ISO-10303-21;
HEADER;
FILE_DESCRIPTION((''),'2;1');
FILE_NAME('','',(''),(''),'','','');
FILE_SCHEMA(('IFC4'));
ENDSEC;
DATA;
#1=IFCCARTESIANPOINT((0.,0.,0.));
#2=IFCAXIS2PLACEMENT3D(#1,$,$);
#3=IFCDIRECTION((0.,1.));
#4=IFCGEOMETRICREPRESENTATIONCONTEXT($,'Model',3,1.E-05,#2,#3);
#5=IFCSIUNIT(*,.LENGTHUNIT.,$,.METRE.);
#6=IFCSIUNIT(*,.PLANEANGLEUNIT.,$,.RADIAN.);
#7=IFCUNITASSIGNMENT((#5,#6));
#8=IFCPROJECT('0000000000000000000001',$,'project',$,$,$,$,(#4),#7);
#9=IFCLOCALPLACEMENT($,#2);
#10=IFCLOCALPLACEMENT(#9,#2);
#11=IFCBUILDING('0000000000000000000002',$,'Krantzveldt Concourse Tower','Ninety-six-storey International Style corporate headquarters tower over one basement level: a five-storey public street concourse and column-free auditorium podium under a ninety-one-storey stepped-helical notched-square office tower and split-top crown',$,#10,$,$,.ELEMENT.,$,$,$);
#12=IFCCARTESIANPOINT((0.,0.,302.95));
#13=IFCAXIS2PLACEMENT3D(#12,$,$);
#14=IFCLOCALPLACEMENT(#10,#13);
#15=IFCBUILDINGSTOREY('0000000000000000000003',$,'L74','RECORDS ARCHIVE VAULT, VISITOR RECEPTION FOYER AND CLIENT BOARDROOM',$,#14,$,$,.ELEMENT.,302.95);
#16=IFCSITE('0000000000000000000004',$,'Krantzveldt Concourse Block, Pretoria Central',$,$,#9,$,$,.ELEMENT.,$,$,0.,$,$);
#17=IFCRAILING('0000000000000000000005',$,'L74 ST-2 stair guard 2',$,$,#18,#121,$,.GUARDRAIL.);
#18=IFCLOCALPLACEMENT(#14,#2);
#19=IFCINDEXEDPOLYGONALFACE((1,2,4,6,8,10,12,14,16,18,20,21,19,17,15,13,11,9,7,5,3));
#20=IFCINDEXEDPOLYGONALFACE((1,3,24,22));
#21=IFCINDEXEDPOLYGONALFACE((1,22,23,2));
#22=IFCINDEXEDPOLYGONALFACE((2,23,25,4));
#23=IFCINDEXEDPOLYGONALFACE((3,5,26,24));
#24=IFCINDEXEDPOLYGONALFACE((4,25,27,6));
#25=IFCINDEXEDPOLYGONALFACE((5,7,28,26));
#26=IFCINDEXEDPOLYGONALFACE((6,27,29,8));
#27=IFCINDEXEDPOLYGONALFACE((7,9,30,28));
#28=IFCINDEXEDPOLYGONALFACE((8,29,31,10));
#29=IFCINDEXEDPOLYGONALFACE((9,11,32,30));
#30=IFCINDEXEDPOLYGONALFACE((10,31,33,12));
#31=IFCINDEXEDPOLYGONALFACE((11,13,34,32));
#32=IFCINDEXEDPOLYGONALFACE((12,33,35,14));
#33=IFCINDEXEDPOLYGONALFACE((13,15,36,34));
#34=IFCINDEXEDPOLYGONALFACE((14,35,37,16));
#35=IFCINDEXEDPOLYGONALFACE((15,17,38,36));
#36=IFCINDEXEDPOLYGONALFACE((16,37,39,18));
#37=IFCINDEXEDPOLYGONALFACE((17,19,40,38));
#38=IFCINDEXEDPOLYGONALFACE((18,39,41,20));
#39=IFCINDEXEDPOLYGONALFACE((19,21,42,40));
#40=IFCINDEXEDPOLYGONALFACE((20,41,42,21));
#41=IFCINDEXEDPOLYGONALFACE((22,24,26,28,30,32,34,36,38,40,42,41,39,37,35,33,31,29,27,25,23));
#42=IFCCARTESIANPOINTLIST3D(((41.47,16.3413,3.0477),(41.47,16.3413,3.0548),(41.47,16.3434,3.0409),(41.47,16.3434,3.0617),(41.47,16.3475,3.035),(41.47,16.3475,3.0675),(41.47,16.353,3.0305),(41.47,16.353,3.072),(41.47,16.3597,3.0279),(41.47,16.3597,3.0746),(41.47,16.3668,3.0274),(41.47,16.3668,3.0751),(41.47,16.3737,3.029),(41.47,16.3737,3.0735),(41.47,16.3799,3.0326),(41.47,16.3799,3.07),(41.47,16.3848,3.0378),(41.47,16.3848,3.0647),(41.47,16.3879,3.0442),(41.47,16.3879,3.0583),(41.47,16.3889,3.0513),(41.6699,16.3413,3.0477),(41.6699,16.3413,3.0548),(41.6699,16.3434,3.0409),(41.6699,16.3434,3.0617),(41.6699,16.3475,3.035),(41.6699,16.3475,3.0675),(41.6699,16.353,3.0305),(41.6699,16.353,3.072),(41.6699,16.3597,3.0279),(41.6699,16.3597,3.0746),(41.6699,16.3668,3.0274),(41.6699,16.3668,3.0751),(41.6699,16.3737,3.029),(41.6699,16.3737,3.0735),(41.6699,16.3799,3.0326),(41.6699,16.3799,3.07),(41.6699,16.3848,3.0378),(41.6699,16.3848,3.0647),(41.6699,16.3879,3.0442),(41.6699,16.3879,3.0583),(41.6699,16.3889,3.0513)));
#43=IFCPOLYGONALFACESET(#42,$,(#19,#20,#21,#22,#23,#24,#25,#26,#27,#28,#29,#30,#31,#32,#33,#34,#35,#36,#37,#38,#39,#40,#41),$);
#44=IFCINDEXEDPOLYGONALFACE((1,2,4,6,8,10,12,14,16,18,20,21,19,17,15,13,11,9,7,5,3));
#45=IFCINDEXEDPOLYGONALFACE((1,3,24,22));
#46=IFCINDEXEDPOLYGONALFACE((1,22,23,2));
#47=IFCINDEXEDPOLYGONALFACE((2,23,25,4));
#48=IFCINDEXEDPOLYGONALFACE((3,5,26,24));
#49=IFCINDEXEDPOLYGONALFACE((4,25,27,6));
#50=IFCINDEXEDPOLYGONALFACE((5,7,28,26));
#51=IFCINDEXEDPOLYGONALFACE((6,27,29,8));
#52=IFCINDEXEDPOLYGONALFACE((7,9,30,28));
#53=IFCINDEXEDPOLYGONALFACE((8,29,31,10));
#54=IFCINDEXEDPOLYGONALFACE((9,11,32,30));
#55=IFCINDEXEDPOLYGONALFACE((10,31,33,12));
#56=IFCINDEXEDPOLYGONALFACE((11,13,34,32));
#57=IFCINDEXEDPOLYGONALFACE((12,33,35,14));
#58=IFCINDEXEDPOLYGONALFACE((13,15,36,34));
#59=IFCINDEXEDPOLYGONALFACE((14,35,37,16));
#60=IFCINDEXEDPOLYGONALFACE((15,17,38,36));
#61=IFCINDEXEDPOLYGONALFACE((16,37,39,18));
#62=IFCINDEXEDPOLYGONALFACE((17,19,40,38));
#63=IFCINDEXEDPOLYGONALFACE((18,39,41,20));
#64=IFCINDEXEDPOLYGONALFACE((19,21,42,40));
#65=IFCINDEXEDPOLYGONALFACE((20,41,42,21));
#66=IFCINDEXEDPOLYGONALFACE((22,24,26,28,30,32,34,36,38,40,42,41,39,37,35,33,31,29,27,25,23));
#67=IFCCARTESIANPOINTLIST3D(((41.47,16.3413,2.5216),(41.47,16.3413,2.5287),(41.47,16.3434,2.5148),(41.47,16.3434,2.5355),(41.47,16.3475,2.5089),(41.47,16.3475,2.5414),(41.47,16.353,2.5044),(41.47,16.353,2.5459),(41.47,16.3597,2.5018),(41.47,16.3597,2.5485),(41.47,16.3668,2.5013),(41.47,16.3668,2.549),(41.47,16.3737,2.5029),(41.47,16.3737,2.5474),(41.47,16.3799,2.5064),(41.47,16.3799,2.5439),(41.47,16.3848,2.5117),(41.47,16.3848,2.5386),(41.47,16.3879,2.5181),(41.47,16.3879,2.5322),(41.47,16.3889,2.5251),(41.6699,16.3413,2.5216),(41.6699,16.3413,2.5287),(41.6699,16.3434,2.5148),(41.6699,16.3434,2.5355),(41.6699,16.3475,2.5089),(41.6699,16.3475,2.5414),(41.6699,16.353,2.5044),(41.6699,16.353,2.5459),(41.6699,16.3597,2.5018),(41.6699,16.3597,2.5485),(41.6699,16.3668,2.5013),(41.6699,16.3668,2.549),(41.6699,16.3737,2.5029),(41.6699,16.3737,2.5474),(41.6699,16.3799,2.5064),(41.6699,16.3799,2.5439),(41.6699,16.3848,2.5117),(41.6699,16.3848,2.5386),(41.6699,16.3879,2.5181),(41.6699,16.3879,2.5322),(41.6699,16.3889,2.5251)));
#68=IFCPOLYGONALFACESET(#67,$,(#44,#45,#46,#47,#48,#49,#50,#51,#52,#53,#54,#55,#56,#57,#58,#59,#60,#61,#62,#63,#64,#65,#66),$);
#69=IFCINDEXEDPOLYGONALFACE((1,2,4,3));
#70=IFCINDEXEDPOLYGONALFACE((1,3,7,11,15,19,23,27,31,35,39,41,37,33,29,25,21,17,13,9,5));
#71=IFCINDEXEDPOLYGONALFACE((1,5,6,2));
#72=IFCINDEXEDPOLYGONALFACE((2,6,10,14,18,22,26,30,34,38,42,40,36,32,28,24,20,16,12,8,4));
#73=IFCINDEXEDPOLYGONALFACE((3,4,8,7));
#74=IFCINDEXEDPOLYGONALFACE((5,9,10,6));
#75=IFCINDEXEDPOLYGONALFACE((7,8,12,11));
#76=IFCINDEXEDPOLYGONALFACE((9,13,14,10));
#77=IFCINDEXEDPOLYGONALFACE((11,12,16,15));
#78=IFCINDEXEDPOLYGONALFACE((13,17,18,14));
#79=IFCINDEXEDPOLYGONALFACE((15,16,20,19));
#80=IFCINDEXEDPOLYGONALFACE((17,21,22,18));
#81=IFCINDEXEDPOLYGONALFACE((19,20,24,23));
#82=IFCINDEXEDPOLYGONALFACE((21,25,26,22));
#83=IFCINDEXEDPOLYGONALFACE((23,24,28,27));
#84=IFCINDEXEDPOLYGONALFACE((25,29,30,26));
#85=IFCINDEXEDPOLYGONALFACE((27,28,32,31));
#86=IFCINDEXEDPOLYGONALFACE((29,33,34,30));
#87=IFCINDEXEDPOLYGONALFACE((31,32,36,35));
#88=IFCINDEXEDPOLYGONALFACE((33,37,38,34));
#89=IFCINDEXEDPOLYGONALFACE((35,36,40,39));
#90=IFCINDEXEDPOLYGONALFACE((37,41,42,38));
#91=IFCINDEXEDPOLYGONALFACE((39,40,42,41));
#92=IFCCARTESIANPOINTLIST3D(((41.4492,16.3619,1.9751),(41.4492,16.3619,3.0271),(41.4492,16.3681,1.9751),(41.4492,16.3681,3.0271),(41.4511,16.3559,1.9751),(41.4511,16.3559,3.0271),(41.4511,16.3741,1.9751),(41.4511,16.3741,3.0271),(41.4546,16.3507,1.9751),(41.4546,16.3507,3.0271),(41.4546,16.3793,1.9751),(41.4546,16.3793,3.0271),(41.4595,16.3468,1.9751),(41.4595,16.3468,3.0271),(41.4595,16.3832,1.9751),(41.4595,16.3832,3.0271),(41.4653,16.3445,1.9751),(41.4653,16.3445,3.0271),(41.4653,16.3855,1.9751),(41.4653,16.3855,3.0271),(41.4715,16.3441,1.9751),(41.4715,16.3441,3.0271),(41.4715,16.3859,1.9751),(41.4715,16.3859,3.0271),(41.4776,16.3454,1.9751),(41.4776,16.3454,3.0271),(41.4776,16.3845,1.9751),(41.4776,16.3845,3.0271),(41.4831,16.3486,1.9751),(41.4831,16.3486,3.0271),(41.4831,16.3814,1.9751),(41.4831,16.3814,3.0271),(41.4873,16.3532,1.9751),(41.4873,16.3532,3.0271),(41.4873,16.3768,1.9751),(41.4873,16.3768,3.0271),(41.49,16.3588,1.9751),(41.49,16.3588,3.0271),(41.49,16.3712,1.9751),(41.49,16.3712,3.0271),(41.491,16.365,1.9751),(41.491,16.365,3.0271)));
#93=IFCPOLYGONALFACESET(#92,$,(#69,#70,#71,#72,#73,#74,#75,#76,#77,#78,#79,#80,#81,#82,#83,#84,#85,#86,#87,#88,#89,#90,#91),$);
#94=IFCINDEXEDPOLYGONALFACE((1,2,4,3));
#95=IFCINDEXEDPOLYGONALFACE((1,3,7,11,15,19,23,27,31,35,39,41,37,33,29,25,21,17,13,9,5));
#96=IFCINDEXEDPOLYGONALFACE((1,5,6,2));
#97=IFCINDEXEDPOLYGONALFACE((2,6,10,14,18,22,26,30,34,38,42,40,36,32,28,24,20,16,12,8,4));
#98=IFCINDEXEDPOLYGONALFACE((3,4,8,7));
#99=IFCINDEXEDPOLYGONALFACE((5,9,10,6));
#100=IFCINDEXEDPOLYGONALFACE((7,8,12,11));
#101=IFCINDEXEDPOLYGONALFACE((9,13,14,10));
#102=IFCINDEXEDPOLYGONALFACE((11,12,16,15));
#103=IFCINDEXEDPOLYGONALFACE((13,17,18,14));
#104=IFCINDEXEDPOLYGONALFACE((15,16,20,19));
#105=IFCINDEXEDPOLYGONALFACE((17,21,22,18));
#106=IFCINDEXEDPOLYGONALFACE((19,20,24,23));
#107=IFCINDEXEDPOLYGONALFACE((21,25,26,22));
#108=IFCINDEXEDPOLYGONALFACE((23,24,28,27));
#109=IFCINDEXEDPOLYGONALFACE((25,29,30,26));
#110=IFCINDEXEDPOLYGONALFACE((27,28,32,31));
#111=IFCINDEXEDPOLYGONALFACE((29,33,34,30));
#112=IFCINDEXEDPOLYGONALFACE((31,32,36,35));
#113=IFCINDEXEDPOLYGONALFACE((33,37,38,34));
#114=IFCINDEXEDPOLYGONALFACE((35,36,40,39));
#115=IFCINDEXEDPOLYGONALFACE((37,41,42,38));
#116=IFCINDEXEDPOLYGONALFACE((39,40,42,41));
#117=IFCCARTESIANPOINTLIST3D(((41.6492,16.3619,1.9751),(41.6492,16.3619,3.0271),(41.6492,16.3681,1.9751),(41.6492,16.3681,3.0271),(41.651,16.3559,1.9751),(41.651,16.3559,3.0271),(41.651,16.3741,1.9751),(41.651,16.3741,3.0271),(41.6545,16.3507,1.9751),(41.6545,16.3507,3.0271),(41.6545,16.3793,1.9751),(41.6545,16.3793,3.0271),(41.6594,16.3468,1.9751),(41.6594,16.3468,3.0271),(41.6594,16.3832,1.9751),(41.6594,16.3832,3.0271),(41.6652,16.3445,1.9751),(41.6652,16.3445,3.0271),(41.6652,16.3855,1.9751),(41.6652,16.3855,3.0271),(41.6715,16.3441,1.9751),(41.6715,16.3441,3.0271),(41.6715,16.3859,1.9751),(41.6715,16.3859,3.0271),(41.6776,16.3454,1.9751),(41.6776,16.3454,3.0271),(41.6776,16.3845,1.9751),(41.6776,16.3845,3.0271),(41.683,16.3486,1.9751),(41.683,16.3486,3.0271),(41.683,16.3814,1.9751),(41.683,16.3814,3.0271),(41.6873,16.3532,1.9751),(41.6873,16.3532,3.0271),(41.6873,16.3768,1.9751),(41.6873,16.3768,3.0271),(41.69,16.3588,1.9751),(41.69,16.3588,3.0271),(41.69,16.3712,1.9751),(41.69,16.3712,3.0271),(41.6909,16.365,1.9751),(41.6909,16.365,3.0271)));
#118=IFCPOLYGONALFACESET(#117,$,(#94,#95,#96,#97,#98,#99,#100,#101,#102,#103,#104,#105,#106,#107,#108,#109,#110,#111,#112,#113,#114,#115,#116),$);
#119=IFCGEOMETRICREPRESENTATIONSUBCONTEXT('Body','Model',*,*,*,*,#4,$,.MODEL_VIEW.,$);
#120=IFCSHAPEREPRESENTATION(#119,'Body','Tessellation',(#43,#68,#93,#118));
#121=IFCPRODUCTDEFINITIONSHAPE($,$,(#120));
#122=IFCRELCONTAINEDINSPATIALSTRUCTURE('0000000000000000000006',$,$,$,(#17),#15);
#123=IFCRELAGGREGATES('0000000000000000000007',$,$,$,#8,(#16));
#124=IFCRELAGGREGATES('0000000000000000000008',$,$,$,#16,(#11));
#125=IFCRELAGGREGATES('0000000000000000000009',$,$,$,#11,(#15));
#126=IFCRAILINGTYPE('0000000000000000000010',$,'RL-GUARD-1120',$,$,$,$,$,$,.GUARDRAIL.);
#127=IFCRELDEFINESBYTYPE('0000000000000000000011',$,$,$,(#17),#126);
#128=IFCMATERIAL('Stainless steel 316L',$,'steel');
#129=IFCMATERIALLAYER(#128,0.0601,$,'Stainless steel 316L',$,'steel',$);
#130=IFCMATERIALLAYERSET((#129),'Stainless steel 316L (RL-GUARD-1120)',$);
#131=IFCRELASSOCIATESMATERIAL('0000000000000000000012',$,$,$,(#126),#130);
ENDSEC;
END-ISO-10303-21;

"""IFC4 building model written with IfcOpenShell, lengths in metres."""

from ifc_helpers import new_model, si_unit, direction, frame, origin, origin_2d, place, context, subcontext, project, spatial, circle, extrude, material, layer, layer_set, type_object, element, save


model = new_model("IFC4")

# Units and contexts
model_context = context("Model", 3, precision=1e-05, world=origin(), true_north=direction((0.0, 1.0)))
body_context = subcontext(model_context, "Body", "Model", "MODEL_VIEW")
ifc_project = project(units=[si_unit("LENGTHUNIT", "METRE"), si_unit("PLANEANGLEUNIT", "RADIAN")], contexts=[model_context])

# Site, building, storey
site_placement = place(None, origin())
site = spatial("IfcSite", under=ifc_project, at=site_placement, Name="Krantzveldt Concourse Block, Pretoria Central", CompositionType="ELEMENT", RefElevation=0.0)
building_placement = place(site_placement, origin())
building = spatial("IfcBuilding", under=site, at=building_placement, Name="Krantzveldt Concourse Tower", Description="Ninety-six-storey International Style corporate headquarters tower over one basement level: a five-storey public street concourse and column-free auditorium podium under a ninety-one-storey stepped-helical notched-square office tower and split-top crown", CompositionType="ELEMENT")
storey_placement = place(building_placement, frame((0.0, 0.0, 302.95)))
storey = spatial("IfcBuildingStorey", under=building, at=storey_placement, Name="L74", Description="RECORDS ARCHIVE VAULT, VISITOR RECEPTION FOYER AND CLIENT BOARDROOM", CompositionType="ELEMENT", Elevation=302.95)

# Shared definitions
ifc_material_1 = material(Name="Stainless steel 316L", Category="steel")

# Railing
ifc_layer_1 = layer(ifc_material_1, 0.0601, Name="Stainless steel 316L", Category="steel")
ifc_layer_set_1 = layer_set([ifc_layer_1], Name="Stainless steel 316L (RL-GUARD-1120)")
railing_type = type_object("IfcRailingType", Name="RL-GUARD-1120", PredefinedType="GUARDRAIL", material=ifc_layer_set_1)
railing_1_placement = place(storey_placement, frame((41.47, 16.365, 1.9751)))
element("IfcRailing", 1, at=railing_1_placement, inside=storey, type_object=railing_type, Name="L74 ST-2 stair guard 2", PredefinedType="GUARDRAIL", context=body_context, shape_type="SweptSolid", body=[
    extrude(circle(Radius=0.0239, at=origin_2d()), frame((0.0, 0.0, 1.0762), z_axis=(1.0, 0.0, 0.0), x_axis=(0.0, 1.0, 0.0)), (0.0, 0.0, 1.0), 0.2),
    extrude(circle(Radius=0.0239, at=origin_2d()), frame((0.0, 0.0, 0.55), z_axis=(1.0, 0.0, 0.0), x_axis=(0.0, 1.0, 0.0)), (0.0, 0.0, 1.0), 0.2),
    extrude(circle(Radius=0.021, at=origin_2d()), origin(), (0.0, 0.0, 1.0), 1.052),
    extrude(circle(Radius=0.021, at=origin_2d()), frame((0.2, 0.0, 0.0)), (0.0, 0.0, 1.0), 1.052),
])

save(model, "model.ifc")
